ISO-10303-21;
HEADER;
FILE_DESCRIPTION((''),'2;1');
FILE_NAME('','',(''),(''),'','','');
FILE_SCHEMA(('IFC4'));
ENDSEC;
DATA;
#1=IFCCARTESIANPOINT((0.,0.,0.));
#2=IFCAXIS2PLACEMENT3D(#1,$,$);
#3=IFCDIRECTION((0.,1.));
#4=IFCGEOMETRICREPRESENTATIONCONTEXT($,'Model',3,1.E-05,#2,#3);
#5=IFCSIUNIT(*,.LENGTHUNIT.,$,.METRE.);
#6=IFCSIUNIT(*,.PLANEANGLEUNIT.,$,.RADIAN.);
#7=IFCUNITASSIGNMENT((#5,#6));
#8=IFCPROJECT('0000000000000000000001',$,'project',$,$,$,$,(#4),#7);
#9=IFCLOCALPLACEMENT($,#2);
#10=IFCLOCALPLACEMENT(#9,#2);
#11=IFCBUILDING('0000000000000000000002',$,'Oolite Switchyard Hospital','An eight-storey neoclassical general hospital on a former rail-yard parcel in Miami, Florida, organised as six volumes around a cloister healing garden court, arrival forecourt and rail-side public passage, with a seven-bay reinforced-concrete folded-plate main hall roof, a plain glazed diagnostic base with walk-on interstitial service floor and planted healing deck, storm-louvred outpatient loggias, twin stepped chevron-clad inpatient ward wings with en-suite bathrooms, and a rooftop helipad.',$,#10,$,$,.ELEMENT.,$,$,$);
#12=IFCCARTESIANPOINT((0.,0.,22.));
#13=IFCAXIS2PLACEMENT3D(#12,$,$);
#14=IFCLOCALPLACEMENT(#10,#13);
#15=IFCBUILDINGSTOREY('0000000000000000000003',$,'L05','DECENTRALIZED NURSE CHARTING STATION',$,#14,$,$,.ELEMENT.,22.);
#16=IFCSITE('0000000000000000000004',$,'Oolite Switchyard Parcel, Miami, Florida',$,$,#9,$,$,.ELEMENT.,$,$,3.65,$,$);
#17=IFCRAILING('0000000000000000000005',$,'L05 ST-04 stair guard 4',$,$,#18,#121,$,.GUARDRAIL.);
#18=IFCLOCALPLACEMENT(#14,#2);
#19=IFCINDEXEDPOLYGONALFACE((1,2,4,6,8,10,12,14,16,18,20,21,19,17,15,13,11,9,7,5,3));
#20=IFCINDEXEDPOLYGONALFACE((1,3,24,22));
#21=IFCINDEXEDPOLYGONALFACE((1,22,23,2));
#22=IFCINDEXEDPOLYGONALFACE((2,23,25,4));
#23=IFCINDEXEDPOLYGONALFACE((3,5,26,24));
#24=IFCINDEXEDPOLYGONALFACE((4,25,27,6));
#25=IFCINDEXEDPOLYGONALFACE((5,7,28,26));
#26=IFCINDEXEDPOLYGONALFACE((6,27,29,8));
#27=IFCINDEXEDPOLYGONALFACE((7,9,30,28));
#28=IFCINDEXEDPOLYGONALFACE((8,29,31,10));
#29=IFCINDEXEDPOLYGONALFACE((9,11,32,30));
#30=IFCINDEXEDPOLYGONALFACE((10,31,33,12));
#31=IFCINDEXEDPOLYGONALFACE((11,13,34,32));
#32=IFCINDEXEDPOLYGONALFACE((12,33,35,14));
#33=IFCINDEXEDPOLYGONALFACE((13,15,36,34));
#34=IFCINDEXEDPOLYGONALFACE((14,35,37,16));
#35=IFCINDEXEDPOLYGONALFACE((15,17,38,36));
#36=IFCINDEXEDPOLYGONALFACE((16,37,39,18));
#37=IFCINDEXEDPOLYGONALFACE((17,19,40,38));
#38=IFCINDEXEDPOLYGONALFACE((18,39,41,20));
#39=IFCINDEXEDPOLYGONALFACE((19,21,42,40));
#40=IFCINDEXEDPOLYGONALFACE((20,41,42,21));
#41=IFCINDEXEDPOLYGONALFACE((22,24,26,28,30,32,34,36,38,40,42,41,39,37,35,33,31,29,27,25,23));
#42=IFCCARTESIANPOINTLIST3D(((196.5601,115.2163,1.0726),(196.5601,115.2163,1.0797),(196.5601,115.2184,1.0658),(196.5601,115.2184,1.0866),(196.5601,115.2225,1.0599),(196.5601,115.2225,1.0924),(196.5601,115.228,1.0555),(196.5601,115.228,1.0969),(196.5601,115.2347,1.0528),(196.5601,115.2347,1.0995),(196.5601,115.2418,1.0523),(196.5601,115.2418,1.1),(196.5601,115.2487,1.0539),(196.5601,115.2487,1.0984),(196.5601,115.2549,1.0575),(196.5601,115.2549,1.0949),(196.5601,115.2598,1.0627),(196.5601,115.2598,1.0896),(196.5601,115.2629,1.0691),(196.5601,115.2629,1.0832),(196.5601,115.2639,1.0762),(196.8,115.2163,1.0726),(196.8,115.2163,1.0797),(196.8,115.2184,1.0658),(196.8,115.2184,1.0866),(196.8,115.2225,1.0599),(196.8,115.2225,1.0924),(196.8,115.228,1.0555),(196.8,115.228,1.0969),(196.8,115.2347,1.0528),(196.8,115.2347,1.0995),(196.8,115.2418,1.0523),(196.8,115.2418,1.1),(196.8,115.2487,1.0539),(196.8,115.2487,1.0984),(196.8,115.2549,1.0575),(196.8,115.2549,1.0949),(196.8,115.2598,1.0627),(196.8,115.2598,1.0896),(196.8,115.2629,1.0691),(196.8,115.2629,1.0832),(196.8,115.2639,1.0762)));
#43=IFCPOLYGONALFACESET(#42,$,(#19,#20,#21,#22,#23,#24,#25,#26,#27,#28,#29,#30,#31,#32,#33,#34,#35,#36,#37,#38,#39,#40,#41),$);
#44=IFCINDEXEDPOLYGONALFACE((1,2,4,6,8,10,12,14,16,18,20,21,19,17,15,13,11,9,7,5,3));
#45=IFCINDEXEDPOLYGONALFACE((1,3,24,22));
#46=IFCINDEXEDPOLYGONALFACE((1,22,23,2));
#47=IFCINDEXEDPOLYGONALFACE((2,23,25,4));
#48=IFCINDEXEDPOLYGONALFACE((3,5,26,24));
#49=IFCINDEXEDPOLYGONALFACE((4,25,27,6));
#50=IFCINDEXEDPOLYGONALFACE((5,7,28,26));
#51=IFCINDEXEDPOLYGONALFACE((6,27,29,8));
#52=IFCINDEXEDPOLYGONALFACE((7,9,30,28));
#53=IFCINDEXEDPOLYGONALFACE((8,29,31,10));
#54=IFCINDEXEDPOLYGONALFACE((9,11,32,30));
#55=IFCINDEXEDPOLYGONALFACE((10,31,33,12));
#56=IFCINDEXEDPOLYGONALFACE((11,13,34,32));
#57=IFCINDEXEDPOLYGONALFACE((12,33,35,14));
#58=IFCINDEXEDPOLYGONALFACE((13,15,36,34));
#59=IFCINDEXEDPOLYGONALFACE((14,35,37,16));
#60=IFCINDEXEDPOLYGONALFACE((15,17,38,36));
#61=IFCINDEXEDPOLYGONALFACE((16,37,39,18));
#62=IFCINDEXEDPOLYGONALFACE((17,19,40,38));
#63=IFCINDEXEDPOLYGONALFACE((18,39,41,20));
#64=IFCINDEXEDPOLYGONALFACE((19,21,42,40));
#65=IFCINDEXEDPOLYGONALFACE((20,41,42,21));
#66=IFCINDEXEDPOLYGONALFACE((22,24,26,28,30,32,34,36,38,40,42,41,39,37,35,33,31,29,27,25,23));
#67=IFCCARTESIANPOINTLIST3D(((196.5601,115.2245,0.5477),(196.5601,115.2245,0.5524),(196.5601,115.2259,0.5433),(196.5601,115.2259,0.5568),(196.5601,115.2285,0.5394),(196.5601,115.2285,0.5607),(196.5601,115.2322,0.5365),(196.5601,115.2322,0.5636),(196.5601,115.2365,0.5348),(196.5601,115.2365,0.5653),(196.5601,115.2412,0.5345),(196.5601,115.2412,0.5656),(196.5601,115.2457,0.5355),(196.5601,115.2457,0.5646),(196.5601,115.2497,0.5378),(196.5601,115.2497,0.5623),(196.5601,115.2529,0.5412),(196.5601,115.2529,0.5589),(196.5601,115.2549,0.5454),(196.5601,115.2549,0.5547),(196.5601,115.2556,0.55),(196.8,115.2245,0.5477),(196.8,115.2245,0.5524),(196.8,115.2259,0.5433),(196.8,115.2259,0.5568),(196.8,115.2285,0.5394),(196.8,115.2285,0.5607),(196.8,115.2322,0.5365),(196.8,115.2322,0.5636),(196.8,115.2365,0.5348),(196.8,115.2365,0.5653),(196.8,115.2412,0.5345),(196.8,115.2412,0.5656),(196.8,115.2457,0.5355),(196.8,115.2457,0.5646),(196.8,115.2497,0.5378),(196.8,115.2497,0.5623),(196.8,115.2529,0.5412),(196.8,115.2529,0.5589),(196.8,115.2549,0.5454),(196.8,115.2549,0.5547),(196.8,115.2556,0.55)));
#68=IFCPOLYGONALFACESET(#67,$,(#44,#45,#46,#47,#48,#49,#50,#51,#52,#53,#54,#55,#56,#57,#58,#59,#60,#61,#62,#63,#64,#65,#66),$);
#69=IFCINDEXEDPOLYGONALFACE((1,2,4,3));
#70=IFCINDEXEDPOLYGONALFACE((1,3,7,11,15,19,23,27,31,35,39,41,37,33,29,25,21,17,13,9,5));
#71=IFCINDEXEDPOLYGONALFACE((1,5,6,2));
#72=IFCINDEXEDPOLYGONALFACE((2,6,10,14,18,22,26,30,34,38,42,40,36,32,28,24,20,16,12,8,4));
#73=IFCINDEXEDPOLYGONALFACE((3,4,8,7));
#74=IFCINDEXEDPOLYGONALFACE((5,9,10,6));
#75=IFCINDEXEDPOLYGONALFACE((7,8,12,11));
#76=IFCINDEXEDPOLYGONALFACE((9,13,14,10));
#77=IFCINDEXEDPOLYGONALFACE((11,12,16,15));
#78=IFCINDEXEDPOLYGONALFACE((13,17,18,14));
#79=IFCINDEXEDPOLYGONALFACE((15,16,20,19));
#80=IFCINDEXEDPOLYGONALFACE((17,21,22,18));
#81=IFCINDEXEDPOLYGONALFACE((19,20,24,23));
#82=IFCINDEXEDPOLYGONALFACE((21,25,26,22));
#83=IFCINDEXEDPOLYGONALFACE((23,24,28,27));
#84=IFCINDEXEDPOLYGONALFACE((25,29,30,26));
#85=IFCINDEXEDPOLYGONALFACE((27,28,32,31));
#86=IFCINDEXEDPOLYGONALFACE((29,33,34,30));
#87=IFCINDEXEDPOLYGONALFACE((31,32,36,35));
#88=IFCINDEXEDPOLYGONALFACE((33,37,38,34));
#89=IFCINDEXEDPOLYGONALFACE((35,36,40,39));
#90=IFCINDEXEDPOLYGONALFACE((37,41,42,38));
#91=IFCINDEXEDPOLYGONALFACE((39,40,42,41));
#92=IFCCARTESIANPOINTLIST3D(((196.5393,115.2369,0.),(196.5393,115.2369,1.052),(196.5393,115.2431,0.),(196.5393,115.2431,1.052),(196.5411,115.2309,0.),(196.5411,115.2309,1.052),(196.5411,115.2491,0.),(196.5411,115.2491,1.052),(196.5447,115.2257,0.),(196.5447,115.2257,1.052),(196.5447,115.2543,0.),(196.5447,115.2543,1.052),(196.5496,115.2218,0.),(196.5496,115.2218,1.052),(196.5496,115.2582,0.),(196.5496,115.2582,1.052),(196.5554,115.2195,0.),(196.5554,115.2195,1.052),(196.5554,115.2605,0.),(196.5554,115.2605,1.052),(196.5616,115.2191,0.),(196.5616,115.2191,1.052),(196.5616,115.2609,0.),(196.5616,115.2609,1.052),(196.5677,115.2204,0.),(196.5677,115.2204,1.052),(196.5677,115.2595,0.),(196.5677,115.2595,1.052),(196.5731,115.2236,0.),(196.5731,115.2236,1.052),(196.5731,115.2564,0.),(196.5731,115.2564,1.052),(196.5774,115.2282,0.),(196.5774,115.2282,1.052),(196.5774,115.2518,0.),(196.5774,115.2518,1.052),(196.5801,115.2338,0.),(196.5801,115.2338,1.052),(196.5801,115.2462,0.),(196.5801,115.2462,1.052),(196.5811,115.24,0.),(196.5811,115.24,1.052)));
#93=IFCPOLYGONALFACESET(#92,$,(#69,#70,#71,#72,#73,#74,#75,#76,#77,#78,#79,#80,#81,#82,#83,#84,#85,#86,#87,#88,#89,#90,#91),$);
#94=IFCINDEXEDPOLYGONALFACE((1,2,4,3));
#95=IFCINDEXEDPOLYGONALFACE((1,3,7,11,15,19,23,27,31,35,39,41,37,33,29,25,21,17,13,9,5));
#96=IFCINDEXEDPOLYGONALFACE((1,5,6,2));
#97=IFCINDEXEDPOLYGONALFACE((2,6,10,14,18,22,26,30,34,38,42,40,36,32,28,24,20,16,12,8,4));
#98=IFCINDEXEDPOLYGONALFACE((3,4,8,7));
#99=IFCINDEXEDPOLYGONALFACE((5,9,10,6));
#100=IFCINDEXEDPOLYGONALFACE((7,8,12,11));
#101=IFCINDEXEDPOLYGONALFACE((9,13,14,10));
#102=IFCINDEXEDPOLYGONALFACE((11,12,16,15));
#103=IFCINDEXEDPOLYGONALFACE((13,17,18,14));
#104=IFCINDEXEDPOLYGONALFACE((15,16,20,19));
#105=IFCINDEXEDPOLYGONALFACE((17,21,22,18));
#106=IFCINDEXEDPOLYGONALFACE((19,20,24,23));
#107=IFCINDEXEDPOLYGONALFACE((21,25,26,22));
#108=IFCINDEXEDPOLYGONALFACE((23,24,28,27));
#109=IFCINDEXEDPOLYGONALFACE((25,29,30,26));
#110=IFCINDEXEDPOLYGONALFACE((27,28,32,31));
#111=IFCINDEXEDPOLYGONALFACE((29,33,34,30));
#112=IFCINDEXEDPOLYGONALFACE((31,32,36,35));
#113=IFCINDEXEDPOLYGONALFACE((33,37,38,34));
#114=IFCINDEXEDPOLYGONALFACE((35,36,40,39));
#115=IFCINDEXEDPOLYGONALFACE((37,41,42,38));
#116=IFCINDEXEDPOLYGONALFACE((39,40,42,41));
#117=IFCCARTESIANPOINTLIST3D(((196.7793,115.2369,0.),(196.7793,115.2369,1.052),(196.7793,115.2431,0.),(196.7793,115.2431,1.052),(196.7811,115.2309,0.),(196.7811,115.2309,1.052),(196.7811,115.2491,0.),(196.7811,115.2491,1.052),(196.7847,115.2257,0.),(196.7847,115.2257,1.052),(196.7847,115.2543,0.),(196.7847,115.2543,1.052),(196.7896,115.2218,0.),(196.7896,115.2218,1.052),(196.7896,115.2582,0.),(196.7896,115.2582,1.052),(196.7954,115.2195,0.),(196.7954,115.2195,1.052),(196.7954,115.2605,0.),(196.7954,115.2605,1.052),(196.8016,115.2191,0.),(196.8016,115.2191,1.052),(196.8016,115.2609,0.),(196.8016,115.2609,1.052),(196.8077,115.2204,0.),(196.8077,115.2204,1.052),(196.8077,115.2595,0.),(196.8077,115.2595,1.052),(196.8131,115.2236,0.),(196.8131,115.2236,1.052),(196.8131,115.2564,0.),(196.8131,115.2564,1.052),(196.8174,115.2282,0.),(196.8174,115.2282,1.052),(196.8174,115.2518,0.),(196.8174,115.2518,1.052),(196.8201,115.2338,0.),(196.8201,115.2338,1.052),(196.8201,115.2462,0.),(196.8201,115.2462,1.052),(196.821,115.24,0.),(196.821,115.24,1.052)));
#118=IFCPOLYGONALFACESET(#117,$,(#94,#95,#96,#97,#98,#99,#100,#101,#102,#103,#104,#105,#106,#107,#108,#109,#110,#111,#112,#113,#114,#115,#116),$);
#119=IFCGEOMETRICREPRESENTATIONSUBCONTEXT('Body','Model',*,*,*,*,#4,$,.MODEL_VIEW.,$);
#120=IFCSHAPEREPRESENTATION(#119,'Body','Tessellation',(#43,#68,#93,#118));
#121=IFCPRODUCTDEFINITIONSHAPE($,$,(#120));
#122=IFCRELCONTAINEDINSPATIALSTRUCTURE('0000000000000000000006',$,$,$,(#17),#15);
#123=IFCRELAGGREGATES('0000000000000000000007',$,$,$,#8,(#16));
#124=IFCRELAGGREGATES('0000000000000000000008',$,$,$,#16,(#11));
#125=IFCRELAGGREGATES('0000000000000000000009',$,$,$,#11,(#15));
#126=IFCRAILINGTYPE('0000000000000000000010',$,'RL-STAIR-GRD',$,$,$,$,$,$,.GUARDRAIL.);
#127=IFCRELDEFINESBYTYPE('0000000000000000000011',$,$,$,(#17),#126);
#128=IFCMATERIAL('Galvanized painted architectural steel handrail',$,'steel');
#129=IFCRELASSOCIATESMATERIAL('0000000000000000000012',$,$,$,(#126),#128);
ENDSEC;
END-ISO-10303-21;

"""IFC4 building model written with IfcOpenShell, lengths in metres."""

from ifc_helpers import new_model, si_unit, direction, frame, origin, origin_2d, place, context, subcontext, project, spatial, circle, extrude, material, type_object, element, save


model = new_model("IFC4")

# Units and contexts
model_context = context("Model", 3, precision=1e-05, world=origin(), true_north=direction((0.0, 1.0)))
body_context = subcontext(model_context, "Body", "Model", "MODEL_VIEW")
ifc_project = project(units=[si_unit("LENGTHUNIT", "METRE"), si_unit("PLANEANGLEUNIT", "RADIAN")], contexts=[model_context])

# Site, building, storey
site_placement = place(None, origin())
site = spatial("IfcSite", under=ifc_project, at=site_placement, Name="Oolite Switchyard Parcel, Miami, Florida", CompositionType="ELEMENT", RefElevation=3.65)
building_placement = place(site_placement, origin())
building = spatial("IfcBuilding", under=site, at=building_placement, Name="Oolite Switchyard Hospital", Description="An eight-storey neoclassical general hospital on a former rail-yard parcel in Miami, Florida, organised as six volumes around a cloister healing garden court, arrival forecourt and rail-side public passage, with a seven-bay reinforced-concrete folded-plate main hall roof, a plain glazed diagnostic base with walk-on interstitial service floor and planted healing deck, storm-louvred outpatient loggias, twin stepped chevron-clad inpatient ward wings with en-suite bathrooms, and a rooftop helipad.", CompositionType="ELEMENT")
storey_placement = place(building_placement, frame((0.0, 0.0, 22.0)))
storey = spatial("IfcBuildingStorey", under=building, at=storey_placement, Name="L05", Description="DECENTRALIZED NURSE CHARTING STATION", CompositionType="ELEMENT", Elevation=22.0)

# Railing
ifc_material_1 = material(Name="Galvanized painted architectural steel handrail", Category="steel")
railing_type_1 = type_object("IfcRailingType", Name="RL-STAIR-GRD", PredefinedType="GUARDRAIL", material=ifc_material_1)
railing_1_placement = place(storey_placement, frame((196.5601, 115.24, 0.0)))
element("IfcRailing", 1, at=railing_1_placement, inside=storey, type_object=railing_type_1, Name="L05 ST-04 stair guard 4", PredefinedType="GUARDRAIL", context=body_context, shape_type="SweptSolid", body=[
    extrude(circle(Radius=0.0239, at=origin_2d()), frame((0.0, 0.0, 1.0762), z_axis=(1.0, 0.0, 0.0), x_axis=(0.0, 1.0, 0.0)), (0.0, 0.0, 1.0), 0.24),
    extrude(circle(Radius=0.0156, at=origin_2d()), frame((0.0, 0.0, 0.55), z_axis=(1.0, 0.0, 0.0), x_axis=(0.0, 1.0, 0.0)), (0.0, 0.0, 1.0), 0.24),
    extrude(circle(Radius=0.021, at=origin_2d()), origin(), (0.0, 0.0, 1.0), 1.052),
    extrude(circle(Radius=0.021, at=origin_2d()), frame((0.24, 0.0, 0.0)), (0.0, 0.0, 1.0), 1.052),
])

save(model, "model.ifc")
